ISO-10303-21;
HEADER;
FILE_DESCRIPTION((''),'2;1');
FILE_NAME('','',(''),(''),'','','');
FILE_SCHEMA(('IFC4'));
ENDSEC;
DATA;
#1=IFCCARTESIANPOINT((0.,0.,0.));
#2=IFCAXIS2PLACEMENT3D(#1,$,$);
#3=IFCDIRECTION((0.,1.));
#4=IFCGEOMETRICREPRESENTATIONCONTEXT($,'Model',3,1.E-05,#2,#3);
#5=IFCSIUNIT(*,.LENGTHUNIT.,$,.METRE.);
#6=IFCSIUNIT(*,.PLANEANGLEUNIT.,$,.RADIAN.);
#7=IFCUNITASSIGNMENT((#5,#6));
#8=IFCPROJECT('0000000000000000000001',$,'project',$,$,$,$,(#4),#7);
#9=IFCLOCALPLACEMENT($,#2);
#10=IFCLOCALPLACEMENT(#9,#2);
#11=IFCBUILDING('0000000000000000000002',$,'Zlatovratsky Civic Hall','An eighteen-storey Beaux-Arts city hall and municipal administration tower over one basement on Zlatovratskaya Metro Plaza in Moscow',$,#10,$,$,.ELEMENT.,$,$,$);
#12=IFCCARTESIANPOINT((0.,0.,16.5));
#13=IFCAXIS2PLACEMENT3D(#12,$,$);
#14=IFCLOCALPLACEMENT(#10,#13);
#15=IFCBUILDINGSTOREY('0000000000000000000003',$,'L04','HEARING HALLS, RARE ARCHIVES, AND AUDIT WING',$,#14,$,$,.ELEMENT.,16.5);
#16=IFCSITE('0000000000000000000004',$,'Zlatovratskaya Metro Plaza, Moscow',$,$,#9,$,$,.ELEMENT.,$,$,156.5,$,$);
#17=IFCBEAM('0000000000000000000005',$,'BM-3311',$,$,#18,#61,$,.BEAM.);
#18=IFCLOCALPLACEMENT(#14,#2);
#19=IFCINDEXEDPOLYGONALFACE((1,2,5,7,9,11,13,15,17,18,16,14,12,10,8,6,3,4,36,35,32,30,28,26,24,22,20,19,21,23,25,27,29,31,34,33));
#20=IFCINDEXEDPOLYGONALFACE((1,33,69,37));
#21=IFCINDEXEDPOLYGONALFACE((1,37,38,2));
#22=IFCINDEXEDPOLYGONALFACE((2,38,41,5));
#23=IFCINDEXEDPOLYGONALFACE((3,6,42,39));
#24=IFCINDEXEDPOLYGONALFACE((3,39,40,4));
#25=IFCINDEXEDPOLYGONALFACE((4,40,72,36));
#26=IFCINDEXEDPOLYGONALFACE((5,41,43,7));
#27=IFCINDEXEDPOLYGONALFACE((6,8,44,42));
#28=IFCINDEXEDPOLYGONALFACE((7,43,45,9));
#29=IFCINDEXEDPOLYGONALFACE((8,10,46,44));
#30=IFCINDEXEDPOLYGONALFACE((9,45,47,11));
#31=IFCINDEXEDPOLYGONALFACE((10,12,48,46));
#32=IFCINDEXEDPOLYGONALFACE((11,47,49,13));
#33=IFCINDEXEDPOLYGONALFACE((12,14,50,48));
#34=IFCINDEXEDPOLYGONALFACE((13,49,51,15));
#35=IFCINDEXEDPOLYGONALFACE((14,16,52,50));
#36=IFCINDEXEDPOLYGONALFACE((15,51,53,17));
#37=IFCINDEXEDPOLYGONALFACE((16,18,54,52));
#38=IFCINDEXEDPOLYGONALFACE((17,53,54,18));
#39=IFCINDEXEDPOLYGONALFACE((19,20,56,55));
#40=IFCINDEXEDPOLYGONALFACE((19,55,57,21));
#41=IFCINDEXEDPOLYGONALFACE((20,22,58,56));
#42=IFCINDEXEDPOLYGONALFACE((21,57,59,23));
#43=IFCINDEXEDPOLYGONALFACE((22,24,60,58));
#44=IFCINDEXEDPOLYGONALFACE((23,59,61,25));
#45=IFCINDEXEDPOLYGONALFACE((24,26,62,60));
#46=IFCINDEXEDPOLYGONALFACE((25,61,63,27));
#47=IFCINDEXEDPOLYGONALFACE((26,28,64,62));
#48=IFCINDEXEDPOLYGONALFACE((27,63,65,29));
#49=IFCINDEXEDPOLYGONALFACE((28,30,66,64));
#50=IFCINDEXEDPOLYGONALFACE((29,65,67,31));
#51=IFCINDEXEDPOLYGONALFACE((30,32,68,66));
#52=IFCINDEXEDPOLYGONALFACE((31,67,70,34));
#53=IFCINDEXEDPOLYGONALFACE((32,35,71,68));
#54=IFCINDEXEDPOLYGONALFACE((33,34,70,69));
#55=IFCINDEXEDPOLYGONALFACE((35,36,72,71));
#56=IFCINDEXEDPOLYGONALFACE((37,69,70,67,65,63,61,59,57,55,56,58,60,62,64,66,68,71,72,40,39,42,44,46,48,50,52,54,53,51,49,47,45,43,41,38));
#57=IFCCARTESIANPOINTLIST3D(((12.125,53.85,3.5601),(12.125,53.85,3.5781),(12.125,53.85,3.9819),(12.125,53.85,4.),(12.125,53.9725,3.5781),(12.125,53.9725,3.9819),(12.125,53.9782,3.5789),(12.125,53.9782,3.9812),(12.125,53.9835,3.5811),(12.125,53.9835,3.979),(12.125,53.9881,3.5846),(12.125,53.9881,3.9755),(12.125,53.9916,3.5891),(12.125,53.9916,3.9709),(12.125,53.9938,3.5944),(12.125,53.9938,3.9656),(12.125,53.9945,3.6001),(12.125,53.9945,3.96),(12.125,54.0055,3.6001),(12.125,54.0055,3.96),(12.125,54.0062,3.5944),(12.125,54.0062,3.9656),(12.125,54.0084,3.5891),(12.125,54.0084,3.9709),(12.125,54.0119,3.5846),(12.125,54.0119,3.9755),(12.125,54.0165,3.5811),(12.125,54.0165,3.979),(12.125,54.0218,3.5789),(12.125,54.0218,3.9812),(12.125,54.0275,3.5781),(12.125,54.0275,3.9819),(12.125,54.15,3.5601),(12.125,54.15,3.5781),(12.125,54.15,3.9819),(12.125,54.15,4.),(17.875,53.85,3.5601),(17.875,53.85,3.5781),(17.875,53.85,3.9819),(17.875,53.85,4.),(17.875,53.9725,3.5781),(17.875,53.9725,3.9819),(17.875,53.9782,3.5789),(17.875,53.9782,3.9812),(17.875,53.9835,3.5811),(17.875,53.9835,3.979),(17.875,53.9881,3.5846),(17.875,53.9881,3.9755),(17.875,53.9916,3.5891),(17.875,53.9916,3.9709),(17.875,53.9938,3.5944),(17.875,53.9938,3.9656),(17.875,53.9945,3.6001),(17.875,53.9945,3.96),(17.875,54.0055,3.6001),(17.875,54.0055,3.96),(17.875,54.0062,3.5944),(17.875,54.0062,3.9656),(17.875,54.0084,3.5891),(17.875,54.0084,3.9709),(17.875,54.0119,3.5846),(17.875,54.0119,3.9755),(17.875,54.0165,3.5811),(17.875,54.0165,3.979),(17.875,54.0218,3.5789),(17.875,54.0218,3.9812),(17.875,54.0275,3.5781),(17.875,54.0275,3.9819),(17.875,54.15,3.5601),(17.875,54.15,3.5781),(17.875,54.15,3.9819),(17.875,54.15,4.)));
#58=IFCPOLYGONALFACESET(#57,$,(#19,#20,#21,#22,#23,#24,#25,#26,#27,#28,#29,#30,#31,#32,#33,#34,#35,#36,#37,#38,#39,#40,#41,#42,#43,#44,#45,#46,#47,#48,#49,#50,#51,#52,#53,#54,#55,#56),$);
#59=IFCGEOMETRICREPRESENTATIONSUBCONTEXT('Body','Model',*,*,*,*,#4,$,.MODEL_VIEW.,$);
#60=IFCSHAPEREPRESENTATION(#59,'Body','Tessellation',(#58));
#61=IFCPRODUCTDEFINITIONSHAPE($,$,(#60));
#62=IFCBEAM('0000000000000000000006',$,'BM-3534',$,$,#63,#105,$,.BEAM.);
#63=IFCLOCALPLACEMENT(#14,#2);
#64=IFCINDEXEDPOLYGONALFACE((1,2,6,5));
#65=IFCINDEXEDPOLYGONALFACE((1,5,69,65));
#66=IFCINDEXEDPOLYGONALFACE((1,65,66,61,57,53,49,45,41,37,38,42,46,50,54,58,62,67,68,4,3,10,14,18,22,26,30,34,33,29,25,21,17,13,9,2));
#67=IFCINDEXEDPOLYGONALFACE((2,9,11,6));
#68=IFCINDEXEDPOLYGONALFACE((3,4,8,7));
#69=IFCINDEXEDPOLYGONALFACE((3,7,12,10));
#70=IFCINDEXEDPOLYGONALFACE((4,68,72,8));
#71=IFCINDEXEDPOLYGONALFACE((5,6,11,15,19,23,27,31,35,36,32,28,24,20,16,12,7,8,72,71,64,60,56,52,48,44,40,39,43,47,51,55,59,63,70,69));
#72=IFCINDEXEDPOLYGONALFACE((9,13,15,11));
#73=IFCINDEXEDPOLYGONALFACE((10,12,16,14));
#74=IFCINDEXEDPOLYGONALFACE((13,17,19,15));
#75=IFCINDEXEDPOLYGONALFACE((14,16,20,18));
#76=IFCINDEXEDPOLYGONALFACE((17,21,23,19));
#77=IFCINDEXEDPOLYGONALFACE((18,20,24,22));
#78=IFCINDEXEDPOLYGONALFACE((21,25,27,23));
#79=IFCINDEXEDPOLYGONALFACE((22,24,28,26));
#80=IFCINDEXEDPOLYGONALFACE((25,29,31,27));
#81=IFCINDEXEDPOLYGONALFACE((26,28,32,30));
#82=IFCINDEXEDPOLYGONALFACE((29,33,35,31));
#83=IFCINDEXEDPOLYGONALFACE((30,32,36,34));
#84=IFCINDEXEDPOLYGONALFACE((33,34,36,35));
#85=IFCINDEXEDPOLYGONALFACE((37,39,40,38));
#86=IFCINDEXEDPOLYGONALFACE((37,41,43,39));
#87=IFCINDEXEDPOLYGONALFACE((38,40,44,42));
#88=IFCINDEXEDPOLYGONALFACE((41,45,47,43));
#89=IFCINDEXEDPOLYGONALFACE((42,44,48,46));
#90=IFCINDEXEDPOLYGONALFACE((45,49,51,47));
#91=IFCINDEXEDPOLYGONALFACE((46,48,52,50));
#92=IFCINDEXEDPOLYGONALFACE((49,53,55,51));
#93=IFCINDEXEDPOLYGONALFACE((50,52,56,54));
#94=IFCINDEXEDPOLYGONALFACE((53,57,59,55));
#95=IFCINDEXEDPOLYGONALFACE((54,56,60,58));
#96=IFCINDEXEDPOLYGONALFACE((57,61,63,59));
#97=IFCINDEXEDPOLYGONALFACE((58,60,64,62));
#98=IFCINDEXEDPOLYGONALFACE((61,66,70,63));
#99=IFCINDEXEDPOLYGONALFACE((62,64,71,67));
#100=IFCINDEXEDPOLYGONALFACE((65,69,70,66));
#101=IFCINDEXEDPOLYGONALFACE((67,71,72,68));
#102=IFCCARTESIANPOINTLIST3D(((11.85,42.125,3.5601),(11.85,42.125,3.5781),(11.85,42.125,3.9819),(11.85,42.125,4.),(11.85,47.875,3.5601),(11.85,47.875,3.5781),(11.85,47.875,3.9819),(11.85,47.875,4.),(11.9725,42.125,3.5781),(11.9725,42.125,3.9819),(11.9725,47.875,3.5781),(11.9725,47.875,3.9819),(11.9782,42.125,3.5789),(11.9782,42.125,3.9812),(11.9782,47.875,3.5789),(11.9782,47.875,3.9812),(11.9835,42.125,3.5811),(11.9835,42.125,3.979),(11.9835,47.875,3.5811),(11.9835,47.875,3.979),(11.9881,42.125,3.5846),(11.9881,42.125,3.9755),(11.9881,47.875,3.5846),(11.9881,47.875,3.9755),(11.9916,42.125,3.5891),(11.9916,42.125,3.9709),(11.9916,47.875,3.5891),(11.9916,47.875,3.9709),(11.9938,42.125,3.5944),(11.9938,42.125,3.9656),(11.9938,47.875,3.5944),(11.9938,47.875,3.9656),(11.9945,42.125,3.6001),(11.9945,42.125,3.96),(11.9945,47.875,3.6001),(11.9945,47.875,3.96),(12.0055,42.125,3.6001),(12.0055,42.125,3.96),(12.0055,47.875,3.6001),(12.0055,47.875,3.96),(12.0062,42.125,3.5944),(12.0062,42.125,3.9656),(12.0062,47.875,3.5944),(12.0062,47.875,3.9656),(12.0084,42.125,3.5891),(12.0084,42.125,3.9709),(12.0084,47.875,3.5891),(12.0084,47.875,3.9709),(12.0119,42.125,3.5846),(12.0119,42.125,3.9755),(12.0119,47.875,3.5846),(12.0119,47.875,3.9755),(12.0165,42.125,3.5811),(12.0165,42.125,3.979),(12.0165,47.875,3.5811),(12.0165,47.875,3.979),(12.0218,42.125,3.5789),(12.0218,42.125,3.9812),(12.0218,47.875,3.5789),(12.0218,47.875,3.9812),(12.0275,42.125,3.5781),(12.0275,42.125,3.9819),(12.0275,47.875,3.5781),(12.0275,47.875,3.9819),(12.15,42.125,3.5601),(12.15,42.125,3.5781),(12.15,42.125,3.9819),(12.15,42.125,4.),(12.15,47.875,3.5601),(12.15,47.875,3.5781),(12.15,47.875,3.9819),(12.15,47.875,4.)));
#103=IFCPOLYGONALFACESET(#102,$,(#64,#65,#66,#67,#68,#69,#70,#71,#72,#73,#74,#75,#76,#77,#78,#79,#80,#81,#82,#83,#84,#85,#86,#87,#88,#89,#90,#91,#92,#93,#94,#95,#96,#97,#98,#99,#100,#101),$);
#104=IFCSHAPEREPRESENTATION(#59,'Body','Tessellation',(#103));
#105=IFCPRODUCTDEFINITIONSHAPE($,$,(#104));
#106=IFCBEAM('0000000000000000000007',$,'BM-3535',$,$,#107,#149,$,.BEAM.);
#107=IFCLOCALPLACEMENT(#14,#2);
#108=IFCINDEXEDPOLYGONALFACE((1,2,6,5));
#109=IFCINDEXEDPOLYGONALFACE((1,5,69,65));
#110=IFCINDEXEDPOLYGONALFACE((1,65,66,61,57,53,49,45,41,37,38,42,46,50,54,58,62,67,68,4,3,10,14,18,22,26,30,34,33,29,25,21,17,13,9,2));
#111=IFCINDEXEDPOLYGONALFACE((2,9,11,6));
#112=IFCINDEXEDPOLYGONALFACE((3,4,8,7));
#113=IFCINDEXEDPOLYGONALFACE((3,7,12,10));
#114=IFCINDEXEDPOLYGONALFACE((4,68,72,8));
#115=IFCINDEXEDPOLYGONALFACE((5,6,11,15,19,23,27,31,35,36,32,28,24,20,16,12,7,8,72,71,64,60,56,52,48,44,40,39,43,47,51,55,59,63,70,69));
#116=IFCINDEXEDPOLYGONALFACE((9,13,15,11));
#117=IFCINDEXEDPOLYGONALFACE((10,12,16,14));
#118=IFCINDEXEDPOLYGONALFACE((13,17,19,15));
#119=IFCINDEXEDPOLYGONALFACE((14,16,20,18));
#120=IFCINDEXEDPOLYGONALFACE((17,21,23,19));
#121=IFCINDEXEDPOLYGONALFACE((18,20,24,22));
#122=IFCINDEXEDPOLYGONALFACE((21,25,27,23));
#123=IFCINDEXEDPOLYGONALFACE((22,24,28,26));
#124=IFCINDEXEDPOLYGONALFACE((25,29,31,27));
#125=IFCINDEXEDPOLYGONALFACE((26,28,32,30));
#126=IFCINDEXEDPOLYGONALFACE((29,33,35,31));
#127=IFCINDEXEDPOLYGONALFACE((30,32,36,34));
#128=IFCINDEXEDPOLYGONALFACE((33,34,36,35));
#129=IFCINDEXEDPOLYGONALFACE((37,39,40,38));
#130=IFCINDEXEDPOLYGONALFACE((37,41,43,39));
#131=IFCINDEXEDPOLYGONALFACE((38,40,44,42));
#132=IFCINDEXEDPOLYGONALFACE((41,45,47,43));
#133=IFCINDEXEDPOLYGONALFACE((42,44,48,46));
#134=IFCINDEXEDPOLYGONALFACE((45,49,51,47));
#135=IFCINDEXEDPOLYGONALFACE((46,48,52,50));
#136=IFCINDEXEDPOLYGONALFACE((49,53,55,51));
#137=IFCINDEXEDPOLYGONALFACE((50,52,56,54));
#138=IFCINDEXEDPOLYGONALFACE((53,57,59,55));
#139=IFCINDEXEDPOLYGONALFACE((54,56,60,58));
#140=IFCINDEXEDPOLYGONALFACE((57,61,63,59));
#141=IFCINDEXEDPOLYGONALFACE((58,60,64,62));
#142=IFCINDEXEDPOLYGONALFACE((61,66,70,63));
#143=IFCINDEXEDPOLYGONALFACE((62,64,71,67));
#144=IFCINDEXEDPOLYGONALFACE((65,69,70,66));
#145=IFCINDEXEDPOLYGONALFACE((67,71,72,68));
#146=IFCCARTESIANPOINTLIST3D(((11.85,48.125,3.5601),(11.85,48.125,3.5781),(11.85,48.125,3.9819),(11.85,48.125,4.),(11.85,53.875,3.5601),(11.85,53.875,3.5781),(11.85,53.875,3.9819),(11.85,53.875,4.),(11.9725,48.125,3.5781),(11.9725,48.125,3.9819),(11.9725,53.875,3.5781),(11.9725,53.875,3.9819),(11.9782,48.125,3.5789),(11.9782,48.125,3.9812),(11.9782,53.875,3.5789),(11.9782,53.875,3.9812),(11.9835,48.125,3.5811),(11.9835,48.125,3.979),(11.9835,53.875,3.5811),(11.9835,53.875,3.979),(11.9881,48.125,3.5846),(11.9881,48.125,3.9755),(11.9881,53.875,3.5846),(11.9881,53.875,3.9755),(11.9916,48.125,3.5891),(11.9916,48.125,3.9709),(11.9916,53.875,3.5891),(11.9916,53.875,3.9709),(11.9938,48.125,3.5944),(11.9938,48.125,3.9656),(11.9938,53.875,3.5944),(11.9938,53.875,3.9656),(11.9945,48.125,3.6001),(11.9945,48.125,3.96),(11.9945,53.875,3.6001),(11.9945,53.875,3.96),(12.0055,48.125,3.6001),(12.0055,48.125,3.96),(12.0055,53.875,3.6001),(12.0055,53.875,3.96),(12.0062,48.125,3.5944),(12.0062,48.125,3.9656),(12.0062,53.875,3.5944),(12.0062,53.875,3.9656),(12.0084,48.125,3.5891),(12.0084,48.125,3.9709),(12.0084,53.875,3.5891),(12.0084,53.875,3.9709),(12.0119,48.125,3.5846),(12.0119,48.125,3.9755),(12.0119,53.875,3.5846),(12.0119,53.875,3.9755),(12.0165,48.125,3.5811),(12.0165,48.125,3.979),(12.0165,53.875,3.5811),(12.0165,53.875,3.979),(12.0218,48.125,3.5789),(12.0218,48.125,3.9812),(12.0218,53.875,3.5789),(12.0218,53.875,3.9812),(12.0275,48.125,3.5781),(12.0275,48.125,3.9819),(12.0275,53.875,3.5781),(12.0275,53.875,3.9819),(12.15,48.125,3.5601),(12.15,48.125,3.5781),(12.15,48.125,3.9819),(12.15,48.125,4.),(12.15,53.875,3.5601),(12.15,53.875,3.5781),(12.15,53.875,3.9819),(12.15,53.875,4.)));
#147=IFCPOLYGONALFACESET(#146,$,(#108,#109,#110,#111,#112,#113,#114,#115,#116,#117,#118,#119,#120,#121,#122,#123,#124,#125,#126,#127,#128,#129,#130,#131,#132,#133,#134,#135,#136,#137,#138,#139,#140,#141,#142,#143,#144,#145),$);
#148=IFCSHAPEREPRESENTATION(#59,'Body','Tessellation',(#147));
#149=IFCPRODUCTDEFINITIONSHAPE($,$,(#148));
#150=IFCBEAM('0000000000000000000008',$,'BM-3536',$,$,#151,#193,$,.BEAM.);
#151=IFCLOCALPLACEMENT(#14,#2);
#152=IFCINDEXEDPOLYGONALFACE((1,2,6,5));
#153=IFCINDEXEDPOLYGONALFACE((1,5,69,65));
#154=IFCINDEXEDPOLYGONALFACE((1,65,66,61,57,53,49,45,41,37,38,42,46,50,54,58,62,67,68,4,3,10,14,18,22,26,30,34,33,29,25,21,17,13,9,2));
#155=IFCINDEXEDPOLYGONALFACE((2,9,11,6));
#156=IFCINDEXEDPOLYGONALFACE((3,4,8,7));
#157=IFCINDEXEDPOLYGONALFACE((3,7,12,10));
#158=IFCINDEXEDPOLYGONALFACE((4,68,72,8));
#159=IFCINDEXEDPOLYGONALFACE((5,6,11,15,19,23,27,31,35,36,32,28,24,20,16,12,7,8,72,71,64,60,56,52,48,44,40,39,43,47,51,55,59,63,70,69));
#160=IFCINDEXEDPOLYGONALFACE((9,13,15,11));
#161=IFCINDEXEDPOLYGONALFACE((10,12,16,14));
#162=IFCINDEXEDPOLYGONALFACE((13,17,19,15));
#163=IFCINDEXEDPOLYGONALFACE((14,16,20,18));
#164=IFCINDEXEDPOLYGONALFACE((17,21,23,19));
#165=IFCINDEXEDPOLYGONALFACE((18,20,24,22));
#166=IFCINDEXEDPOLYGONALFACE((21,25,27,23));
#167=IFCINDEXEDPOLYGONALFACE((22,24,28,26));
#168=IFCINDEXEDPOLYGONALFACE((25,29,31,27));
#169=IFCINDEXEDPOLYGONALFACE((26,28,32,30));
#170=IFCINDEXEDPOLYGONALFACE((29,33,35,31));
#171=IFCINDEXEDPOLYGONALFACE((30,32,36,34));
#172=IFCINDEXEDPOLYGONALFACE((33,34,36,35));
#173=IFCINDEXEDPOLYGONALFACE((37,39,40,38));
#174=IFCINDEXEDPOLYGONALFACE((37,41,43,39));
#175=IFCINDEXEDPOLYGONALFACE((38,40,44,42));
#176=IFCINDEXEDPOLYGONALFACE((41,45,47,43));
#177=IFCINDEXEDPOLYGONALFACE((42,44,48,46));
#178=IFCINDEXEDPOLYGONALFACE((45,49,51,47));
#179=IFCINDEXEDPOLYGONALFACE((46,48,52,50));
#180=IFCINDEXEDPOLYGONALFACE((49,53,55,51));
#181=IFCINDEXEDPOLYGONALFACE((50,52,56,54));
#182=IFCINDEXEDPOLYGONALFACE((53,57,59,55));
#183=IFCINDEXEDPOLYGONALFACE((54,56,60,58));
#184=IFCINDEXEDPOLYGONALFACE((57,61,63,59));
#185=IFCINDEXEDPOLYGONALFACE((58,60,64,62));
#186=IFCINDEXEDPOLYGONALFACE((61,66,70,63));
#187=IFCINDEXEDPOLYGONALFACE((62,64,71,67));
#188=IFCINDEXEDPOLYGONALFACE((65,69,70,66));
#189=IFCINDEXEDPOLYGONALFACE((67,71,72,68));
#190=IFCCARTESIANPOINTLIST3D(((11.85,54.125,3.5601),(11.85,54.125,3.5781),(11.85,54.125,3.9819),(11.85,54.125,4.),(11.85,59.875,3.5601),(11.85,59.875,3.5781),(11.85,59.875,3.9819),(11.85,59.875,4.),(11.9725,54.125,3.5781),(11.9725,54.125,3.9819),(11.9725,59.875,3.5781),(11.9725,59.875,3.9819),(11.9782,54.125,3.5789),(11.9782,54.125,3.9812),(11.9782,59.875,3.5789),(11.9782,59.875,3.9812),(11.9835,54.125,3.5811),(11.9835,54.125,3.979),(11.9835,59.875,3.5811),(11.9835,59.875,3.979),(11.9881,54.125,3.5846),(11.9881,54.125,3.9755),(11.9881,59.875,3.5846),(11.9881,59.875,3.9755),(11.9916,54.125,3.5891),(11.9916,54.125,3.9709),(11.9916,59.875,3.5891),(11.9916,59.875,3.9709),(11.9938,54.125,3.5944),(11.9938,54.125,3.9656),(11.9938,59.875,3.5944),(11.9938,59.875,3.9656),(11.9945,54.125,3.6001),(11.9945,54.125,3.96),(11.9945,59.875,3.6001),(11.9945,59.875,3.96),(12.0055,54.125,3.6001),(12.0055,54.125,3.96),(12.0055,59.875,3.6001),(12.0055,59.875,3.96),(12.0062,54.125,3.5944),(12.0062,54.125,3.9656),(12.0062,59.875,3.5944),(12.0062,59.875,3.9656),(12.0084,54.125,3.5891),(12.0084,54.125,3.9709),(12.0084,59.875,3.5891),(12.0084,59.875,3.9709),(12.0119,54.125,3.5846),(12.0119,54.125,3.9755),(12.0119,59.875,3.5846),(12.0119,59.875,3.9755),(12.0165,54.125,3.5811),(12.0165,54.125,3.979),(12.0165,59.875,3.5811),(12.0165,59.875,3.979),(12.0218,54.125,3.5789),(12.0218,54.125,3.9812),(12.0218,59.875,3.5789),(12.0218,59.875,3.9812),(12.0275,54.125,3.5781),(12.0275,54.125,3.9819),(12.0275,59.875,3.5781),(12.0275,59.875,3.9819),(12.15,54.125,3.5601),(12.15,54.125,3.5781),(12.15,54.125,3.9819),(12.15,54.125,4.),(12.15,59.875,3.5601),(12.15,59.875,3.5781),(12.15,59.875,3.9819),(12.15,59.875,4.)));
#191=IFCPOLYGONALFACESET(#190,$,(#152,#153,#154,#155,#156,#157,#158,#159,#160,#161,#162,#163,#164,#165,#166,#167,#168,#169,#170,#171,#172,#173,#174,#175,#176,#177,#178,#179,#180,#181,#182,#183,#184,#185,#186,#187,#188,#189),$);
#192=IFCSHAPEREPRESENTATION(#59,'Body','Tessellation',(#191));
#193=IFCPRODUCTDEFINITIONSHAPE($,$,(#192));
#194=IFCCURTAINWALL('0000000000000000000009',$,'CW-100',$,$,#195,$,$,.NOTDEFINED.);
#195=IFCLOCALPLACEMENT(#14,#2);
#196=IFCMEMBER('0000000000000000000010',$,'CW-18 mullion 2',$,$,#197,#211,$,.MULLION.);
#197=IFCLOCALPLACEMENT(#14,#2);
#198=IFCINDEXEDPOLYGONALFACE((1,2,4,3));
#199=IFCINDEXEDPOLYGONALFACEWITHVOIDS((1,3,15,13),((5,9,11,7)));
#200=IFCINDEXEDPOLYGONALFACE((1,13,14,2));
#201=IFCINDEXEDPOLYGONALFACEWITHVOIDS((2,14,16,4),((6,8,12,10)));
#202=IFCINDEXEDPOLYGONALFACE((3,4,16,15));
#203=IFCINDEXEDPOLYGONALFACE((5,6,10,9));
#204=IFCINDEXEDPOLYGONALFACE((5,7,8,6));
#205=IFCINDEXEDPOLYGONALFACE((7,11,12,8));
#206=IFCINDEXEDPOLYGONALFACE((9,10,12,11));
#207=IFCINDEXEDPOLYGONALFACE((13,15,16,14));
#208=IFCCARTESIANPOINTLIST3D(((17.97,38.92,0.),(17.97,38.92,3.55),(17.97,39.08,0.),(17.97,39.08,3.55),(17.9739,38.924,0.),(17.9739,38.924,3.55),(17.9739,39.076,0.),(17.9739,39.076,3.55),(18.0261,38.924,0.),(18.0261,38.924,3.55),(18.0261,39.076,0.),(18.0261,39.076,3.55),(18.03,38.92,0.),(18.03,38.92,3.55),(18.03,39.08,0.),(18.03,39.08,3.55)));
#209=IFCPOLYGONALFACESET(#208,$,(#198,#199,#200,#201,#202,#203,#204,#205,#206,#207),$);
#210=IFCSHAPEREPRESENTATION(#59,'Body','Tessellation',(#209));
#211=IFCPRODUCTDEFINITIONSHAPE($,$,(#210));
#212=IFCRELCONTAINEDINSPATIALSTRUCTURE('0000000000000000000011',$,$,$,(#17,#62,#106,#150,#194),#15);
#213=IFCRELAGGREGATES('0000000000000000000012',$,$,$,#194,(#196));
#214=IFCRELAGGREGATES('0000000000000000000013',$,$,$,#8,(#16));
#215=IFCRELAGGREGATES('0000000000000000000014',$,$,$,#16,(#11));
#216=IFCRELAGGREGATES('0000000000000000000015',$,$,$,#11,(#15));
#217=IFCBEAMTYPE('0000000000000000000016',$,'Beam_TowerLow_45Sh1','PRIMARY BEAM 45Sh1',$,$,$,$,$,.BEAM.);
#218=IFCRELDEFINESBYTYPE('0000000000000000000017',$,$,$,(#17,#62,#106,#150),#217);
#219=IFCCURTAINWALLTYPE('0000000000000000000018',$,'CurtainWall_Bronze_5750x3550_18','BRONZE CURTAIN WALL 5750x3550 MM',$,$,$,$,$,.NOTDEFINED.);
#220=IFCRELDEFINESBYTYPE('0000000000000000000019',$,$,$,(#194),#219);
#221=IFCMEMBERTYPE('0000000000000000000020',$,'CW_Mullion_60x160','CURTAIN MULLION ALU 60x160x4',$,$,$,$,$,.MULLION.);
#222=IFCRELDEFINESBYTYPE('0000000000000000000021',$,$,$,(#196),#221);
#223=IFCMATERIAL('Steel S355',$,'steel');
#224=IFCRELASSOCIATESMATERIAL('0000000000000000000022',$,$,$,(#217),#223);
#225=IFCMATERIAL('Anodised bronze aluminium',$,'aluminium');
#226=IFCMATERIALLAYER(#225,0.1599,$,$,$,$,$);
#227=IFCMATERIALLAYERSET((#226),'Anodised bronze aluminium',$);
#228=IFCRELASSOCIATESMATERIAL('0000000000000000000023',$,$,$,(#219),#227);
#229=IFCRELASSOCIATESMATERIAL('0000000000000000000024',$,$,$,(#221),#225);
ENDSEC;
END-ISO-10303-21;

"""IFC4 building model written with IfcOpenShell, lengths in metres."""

from ifc_helpers import new_model, si_unit, direction, frame, origin, origin_2d, place, context, subcontext, project, spatial, hollow_rectangle, i_section, extrude, material, layer, layer_set, material_profile, profile_set, type_object, element, aggregate, save


model = new_model("IFC4")

# Units and contexts
model_context = context("Model", 3, precision=1e-05, world=origin(), true_north=direction((0.0, 1.0)))
body_context = subcontext(model_context, "Body", "Model", "MODEL_VIEW")
ifc_project = project(units=[si_unit("LENGTHUNIT", "METRE"), si_unit("PLANEANGLEUNIT", "RADIAN")], contexts=[model_context])

# Site, building, storey
site_placement = place(None, origin())
site = spatial("IfcSite", under=ifc_project, at=site_placement, Name="Zlatovratskaya Metro Plaza, Moscow", CompositionType="ELEMENT", RefElevation=156.5)
building_placement = place(site_placement, origin())
building = spatial("IfcBuilding", under=site, at=building_placement, Name="Zlatovratsky Civic Hall", Description="An eighteen-storey Beaux-Arts city hall and municipal administration tower over one basement on Zlatovratskaya Metro Plaza in Moscow", CompositionType="ELEMENT")
storey_placement = place(building_placement, frame((0.0, 0.0, 16.5)))
storey = spatial("IfcBuildingStorey", under=building, at=storey_placement, Name="L04", Description="HEARING HALLS, RARE ARCHIVES, AND AUDIT WING", CompositionType="ELEMENT", Elevation=16.5)

# Shared definitions
ifc_material_1 = material(Name="Steel S355", Category="steel")

# Beams
ifc_material_profile_1 = material_profile(ifc_material_1, i_section(OverallWidth=0.3, OverallDepth=0.4399, WebThickness=0.011, FlangeThickness=0.0181, FilletRadius=0.022, at=origin_2d()), Name="45Sh1")
ifc_profile_set_1 = profile_set([ifc_material_profile_1], Name="Steel S355")
beam_type_1 = type_object("IfcBeamType", Name="Beam_TowerLow_45Sh1", Description="PRIMARY BEAM 45Sh1", PredefinedType="BEAM", material=ifc_profile_set_1)
for number, where, z_axis, x_axis, name in (
    (1, (12.125, 54.0, 3.78), (1.0, 0.0, 0.0), (0.0, 1.0, 0.0), "BM-3311"),
    (2, (12.0, 42.125, 3.78), (0.0, 1.0, 0.0), (-1.0, 0.0, 0.0), "BM-3534"),
    (3, (12.0, 48.125, 3.78), (0.0, 1.0, 0.0), (-1.0, 0.0, 0.0), "BM-3535"),
    (4, (12.0, 54.125, 3.78), (0.0, 1.0, 0.0), (-1.0, 0.0, 0.0), "BM-3536"),
):
    element("IfcBeam", number, at=place(storey_placement, frame(where, z_axis=z_axis, x_axis=x_axis)), inside=storey, type_object=beam_type_1, Name=name, PredefinedType="BEAM", context=body_context, shape_type="SweptSolid", body=[
        extrude(i_section(OverallWidth=0.3, OverallDepth=0.4399, WebThickness=0.011, FlangeThickness=0.0181, FilletRadius=0.022, at=origin_2d()), origin(), (0.0, 0.0, 1.0), 5.75),
    ])

# Curtain wall, member
ifc_material_2 = material(Name="Anodised bronze aluminium", Category="aluminium")
ifc_layer_1 = layer(ifc_material_2, 0.1599)
ifc_layer_set_1 = layer_set([ifc_layer_1], Name="Anodised bronze aluminium")
curtain_wall_type = type_object("IfcCurtainWallType", Name="CurtainWall_Bronze_5750x3550_18", Description="BRONZE CURTAIN WALL 5750x3550 MM", PredefinedType="NOTDEFINED", material=ifc_layer_set_1)
curtain_wall_placement = place(storey_placement, origin())
curtain_wall = element("IfcCurtainWall", 5, at=curtain_wall_placement, inside=storey, type_object=curtain_wall_type, Name="CW-100", PredefinedType="NOTDEFINED")
ifc_material_profile_2 = material_profile(ifc_material_2, hollow_rectangle(XDim=0.0601, YDim=0.1599, WallThickness=0.0039, at=origin_2d()), Name="ALU 60x160x4")
ifc_profile_set_2 = profile_set([ifc_material_profile_2], Name="Anodised bronze aluminium")
member_type_1 = type_object("IfcMemberType", Name="CW_Mullion_60x160", Description="CURTAIN MULLION ALU 60x160x4", PredefinedType="MULLION", material=ifc_profile_set_2)
member_1_placement = place(storey_placement, frame((18.0, 39.0, 0.0), z_axis=(0.0, 0.0, 1.0), x_axis=(-1.0, 0.0, 0.0)))
member_1 = element("IfcMember", 6, at=member_1_placement, type_object=member_type_1, Name="CW-18 mullion 2", PredefinedType="MULLION", context=body_context, shape_type="SweptSolid", body=[
    extrude(hollow_rectangle(XDim=0.0601, YDim=0.1599, WallThickness=0.0039, at=origin_2d()), origin(), (0.0, 0.0, 1.0), 3.55),
])

aggregate(curtain_wall, [member_1])

save(model, "model.ifc")
